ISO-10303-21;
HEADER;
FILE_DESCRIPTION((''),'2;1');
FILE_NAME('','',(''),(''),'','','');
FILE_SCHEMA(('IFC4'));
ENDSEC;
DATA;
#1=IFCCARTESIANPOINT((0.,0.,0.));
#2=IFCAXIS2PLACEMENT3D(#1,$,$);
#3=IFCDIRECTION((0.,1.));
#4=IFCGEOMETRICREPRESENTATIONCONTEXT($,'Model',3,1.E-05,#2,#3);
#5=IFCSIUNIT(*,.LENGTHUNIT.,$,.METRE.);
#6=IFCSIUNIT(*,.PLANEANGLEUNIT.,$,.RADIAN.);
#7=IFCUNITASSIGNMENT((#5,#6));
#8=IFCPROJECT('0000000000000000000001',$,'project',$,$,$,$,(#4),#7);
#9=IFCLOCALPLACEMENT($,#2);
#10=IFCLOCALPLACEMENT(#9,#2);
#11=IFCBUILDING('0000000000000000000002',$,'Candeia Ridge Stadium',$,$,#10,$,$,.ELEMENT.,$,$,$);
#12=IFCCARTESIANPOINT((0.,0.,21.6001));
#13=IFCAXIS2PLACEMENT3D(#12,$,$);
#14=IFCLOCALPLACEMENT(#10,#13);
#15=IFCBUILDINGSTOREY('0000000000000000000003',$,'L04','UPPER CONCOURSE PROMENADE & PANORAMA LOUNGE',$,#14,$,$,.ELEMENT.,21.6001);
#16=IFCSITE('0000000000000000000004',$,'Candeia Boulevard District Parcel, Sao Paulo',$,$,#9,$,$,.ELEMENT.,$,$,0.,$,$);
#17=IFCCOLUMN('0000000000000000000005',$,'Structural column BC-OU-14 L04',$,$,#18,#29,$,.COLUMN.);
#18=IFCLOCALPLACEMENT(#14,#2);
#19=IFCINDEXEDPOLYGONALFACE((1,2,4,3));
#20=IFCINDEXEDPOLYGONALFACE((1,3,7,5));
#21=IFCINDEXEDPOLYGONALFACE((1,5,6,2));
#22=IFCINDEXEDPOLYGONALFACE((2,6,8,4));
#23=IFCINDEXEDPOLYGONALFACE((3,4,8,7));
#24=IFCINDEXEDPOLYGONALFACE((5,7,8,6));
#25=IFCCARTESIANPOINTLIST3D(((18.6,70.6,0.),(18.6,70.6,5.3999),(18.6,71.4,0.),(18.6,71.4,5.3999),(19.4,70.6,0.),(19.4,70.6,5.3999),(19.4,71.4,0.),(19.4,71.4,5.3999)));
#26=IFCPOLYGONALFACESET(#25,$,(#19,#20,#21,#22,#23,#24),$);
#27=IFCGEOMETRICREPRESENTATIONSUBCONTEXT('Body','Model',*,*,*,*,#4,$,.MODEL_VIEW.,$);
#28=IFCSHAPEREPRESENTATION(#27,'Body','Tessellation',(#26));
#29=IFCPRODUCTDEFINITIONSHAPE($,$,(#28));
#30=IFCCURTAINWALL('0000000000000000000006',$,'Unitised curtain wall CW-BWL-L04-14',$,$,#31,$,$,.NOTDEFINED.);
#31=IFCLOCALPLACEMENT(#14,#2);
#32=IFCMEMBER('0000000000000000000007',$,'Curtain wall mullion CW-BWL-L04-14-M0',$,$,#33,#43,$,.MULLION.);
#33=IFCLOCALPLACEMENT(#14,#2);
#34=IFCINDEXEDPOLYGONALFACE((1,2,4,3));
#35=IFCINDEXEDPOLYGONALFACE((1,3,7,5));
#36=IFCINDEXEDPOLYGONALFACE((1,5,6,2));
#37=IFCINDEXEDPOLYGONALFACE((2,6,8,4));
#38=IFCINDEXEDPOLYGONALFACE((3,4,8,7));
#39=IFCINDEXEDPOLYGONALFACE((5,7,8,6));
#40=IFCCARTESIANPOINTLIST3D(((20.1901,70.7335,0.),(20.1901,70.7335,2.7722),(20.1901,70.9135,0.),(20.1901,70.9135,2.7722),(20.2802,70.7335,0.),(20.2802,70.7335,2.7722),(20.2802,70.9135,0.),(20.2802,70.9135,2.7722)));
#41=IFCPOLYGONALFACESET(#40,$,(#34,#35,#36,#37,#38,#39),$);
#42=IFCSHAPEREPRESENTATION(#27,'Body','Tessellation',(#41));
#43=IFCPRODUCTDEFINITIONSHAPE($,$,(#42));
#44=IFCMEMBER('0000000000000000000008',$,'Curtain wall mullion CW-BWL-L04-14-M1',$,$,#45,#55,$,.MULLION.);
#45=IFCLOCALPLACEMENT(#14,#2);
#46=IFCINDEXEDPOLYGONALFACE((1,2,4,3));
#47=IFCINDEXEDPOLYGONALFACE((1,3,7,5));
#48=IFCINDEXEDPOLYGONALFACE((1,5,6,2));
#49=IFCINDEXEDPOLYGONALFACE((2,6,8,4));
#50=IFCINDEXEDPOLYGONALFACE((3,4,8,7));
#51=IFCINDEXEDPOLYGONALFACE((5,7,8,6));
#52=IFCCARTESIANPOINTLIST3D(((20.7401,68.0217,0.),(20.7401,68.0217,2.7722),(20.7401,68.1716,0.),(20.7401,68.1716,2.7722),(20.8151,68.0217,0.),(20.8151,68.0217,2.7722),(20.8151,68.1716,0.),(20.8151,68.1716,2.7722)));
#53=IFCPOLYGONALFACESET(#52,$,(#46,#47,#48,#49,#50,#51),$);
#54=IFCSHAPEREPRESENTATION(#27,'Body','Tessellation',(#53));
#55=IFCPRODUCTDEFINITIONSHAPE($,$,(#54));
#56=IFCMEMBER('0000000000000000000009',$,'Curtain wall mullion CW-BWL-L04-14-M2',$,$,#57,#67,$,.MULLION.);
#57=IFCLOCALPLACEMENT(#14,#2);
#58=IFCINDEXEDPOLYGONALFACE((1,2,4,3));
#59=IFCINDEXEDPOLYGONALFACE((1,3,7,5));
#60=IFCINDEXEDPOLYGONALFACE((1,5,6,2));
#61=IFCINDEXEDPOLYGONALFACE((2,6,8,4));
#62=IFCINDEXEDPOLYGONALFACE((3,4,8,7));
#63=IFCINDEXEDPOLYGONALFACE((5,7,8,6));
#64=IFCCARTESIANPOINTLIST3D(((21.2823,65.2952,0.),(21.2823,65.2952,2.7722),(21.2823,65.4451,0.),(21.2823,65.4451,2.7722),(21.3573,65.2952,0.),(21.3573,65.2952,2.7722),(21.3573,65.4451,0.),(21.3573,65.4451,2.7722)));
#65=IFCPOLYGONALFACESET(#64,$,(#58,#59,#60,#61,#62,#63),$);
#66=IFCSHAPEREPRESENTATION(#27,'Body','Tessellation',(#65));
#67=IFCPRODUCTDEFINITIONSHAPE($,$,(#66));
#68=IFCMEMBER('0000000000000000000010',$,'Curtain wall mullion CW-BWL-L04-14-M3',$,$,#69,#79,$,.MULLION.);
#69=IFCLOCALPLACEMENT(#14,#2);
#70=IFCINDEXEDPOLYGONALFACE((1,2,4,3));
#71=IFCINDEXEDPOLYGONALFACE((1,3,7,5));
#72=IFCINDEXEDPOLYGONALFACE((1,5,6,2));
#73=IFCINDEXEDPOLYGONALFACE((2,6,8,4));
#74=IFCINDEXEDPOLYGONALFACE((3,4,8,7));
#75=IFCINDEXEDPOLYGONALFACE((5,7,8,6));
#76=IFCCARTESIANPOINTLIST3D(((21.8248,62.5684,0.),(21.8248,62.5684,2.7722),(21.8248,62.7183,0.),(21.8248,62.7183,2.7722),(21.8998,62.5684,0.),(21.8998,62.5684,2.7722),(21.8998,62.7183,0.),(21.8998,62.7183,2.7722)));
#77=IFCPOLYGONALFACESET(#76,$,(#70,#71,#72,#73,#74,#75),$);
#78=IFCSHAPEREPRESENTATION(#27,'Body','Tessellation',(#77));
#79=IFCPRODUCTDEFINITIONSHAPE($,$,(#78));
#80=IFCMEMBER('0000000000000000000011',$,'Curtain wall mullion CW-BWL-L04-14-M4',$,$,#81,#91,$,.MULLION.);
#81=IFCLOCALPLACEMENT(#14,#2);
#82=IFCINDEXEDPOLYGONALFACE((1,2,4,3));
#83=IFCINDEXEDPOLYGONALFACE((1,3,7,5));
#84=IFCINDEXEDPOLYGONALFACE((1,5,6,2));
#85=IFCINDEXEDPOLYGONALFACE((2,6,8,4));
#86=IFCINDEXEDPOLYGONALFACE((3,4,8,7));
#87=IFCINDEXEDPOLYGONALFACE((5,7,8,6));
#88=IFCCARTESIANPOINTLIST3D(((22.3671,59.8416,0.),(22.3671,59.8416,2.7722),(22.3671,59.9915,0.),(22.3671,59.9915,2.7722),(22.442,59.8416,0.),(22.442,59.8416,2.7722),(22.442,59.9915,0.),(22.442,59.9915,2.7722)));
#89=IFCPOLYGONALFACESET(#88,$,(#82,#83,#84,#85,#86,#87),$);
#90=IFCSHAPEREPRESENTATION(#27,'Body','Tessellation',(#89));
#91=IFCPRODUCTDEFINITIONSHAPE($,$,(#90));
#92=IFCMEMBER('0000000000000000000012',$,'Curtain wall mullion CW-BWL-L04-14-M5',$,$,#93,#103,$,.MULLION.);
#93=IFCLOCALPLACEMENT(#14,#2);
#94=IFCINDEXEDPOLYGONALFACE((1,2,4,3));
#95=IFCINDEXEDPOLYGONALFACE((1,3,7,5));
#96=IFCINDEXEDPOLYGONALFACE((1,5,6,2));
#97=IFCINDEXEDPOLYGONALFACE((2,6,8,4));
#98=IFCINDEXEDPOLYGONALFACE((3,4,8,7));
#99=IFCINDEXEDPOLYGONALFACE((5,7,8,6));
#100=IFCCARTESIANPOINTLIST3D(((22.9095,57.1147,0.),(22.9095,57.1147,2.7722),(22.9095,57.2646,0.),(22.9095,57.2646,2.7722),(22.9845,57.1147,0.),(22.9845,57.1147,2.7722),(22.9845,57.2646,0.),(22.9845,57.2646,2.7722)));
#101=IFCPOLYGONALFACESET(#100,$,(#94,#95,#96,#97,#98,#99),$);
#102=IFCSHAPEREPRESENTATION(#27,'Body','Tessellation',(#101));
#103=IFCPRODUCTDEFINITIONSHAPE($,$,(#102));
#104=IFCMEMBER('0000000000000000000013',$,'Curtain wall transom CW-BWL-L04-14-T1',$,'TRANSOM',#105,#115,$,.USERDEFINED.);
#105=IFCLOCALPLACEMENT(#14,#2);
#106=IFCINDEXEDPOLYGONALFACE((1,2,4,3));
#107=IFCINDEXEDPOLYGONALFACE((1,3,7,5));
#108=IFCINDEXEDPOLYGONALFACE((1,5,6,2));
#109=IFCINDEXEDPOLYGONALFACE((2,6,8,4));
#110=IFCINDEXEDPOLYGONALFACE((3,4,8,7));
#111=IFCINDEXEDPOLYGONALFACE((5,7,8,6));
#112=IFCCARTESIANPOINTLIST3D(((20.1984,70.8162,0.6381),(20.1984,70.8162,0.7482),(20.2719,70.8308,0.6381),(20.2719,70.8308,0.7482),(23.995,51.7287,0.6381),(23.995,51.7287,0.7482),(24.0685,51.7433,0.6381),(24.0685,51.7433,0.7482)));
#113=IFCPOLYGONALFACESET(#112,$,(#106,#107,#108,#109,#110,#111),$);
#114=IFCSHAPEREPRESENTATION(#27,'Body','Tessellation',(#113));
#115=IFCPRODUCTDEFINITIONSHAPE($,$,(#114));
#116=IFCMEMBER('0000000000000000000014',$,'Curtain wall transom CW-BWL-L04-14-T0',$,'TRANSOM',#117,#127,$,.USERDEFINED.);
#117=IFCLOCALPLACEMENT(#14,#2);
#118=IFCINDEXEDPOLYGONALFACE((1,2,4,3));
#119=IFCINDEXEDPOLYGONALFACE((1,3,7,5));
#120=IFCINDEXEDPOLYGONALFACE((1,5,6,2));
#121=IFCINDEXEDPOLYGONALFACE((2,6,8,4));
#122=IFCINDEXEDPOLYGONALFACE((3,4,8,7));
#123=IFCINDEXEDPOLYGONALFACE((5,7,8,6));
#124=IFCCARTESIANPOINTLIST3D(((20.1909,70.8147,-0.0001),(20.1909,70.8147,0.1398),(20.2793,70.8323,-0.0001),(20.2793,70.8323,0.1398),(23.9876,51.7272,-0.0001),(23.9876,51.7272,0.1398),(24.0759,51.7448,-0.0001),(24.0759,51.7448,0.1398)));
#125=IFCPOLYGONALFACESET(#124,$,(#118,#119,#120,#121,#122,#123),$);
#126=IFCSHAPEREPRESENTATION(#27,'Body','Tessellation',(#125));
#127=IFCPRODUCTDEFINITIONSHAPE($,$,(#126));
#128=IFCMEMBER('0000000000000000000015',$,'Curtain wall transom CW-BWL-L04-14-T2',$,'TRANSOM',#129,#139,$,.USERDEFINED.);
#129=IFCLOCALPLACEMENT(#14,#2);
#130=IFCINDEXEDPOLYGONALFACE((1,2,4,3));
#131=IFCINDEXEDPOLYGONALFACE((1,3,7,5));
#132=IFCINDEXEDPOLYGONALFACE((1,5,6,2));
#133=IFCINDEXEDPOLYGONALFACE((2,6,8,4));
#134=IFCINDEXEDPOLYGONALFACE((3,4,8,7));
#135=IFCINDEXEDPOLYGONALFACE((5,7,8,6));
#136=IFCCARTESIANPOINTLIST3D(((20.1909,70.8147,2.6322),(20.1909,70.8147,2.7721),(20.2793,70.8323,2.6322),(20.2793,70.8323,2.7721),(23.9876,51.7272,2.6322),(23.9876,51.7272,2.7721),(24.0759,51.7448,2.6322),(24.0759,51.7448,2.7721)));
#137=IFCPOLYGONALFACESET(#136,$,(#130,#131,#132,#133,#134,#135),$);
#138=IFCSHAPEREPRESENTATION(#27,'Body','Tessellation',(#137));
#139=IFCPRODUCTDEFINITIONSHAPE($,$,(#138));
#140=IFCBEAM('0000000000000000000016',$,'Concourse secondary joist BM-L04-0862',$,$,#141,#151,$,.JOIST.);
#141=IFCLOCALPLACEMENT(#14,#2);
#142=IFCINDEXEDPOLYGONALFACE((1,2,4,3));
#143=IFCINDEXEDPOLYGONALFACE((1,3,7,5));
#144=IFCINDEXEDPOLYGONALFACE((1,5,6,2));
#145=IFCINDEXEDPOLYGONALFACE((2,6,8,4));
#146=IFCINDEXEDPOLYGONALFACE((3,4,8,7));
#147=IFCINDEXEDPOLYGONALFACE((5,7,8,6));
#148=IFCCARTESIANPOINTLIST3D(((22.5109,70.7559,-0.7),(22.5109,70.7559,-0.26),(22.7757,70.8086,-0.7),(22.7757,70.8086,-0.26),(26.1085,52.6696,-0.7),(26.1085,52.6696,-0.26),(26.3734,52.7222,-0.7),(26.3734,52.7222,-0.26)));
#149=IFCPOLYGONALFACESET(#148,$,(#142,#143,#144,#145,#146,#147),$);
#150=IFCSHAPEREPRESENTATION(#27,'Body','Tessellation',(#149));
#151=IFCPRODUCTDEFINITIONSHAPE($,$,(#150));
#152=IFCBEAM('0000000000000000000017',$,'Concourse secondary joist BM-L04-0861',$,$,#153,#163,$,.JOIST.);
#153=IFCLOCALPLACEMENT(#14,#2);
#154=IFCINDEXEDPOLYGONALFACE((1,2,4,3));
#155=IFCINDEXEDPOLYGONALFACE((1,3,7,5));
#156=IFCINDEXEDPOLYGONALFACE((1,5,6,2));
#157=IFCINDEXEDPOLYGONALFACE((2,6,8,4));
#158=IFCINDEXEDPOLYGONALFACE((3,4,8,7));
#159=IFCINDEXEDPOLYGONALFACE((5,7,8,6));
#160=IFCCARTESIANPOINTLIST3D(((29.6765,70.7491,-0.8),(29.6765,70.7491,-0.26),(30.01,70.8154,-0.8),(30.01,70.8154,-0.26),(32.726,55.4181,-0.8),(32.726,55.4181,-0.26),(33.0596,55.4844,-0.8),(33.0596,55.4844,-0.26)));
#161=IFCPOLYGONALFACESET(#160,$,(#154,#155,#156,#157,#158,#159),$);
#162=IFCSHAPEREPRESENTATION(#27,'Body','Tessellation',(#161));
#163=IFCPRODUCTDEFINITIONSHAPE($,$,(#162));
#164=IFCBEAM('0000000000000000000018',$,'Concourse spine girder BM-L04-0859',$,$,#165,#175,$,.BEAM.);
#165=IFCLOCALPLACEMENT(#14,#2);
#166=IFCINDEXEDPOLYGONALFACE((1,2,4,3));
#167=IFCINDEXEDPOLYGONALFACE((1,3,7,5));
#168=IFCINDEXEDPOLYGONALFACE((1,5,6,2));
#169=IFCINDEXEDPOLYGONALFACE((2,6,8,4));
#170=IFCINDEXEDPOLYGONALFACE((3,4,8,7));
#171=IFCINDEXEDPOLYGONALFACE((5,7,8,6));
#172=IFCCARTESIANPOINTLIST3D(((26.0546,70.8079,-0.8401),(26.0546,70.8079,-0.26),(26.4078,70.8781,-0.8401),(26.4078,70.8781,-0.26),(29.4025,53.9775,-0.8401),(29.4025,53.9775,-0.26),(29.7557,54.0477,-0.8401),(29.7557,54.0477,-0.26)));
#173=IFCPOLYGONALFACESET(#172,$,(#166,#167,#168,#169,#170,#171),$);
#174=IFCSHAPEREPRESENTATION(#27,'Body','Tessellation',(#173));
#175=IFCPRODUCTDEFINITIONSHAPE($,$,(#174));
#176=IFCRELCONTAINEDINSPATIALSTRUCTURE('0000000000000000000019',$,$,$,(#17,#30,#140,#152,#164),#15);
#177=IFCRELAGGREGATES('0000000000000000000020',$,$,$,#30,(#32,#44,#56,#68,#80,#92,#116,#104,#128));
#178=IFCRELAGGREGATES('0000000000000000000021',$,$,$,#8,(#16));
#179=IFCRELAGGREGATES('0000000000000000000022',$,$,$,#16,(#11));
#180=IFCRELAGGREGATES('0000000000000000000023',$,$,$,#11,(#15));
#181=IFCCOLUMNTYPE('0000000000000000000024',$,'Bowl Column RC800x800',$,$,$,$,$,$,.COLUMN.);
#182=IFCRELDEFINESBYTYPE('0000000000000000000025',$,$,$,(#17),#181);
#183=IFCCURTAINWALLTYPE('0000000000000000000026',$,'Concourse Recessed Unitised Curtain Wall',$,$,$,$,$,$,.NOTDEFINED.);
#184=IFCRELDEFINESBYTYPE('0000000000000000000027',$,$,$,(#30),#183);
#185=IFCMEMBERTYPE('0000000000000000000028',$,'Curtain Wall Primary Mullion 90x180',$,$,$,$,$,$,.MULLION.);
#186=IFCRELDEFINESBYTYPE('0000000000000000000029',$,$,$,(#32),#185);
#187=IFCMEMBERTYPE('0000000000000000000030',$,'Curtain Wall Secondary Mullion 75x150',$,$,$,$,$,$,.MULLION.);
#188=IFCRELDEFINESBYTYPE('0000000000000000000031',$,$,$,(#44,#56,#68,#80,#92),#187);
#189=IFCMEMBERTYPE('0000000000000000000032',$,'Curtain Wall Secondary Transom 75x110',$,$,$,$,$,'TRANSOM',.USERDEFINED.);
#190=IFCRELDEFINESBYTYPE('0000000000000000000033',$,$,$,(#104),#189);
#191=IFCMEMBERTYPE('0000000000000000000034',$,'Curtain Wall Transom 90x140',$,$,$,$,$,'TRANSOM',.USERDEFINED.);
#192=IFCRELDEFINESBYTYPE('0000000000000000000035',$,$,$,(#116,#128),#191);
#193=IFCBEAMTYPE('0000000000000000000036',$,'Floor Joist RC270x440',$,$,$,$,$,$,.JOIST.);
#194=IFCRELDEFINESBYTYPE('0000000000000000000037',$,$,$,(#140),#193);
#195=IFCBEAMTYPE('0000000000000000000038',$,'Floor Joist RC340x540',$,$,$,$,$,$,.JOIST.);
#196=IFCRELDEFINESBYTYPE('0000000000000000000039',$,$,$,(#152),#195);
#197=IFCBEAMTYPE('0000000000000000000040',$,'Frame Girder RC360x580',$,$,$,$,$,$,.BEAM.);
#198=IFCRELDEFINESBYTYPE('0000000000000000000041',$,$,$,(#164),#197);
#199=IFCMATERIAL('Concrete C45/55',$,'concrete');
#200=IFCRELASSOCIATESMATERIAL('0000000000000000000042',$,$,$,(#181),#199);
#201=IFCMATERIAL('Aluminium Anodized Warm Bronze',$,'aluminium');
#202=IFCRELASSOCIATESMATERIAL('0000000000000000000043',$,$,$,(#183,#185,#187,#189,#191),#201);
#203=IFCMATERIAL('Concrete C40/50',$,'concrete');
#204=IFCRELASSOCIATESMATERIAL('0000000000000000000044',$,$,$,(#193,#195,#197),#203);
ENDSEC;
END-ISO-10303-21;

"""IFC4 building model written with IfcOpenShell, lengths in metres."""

from ifc_helpers import new_model, si_unit, direction, frame, origin, origin_2d, place, context, subcontext, project, spatial, rectangle, extrude, material, material_profile, profile_set, type_object, element, aggregate, save


model = new_model("IFC4")

# Units and contexts
model_context = context("Model", 3, precision=1e-05, world=origin(), true_north=direction((0.0, 1.0)))
body_context = subcontext(model_context, "Body", "Model", "MODEL_VIEW")
ifc_project = project(units=[si_unit("LENGTHUNIT", "METRE"), si_unit("PLANEANGLEUNIT", "RADIAN")], contexts=[model_context])

# Site, building, storey
site_placement = place(None, origin())
site = spatial("IfcSite", under=ifc_project, at=site_placement, Name="Candeia Boulevard District Parcel, Sao Paulo", CompositionType="ELEMENT", RefElevation=0.0)
building_placement = place(site_placement, origin())
building = spatial("IfcBuilding", under=site, at=building_placement, Name="Candeia Ridge Stadium", CompositionType="ELEMENT")
storey_placement = place(building_placement, frame((0.0, 0.0, 21.6001)))
storey = spatial("IfcBuildingStorey", under=building, at=storey_placement, Name="L04", Description="UPPER CONCOURSE PROMENADE & PANORAMA LOUNGE", CompositionType="ELEMENT", Elevation=21.6001)

# Column
ifc_material_1 = material(Name="Concrete C45/55", Category="concrete")
ifc_material_profile_1 = material_profile(ifc_material_1, rectangle(XDim=0.8, YDim=0.8, at=origin_2d()), Name="RC800x800", Category="concrete")
ifc_profile_set_1 = profile_set([ifc_material_profile_1], Name="Concrete C45/55")
column_type = type_object("IfcColumnType", Name="Bowl Column RC800x800", PredefinedType="COLUMN", material=ifc_profile_set_1)
column_placement = place(storey_placement, frame((19.0, 71.0, 0.0), z_axis=(0.0, 0.0, 1.0), x_axis=(1.0, 0.0, 0.0)))
element("IfcColumn", 1, at=column_placement, inside=storey, type_object=column_type, Name="Structural column BC-OU-14 L04", PredefinedType="COLUMN", context=body_context, shape_type="SweptSolid", body=[
    extrude(rectangle(XDim=0.8, YDim=0.8, at=origin_2d()), origin(), (0.0, 0.0, 1.0), 5.3999),
])

# Curtain wall, members
ifc_material_2 = material(Name="Aluminium Anodized Warm Bronze", Category="aluminium")
curtain_wall_type = type_object("IfcCurtainWallType", Name="Concourse Recessed Unitised Curtain Wall", PredefinedType="NOTDEFINED", material=ifc_material_2)
curtain_wall_placement = place(storey_placement, origin())
curtain_wall = element("IfcCurtainWall", 2, at=curtain_wall_placement, inside=storey, type_object=curtain_wall_type, Name="Unitised curtain wall CW-BWL-L04-14", PredefinedType="NOTDEFINED")
ifc_material_profile_2 = material_profile(ifc_material_2, rectangle(XDim=0.0901, YDim=0.1799, at=origin_2d()), Name="CWM-90x180", Category="aluminium")
ifc_profile_set_2 = profile_set([ifc_material_profile_2], Name="Aluminium Anodized Warm Bronze")
member_type_1 = type_object("IfcMemberType", Name="Curtain Wall Primary Mullion 90x180", PredefinedType="MULLION", material=ifc_profile_set_2)
member_1_placement = place(storey_placement, frame((20.2351, 70.8235, 0.0), z_axis=(0.0, 0.0, 1.0), x_axis=(1.0, 0.0, 0.0)))
member_1 = element("IfcMember", 3, at=member_1_placement, type_object=member_type_1, Name="Curtain wall mullion CW-BWL-L04-14-M0", PredefinedType="MULLION", context=body_context, shape_type="SweptSolid", body=[
    extrude(rectangle(XDim=0.0901, YDim=0.1799, at=origin_2d()), origin(), (0.0, 0.0, 1.0), 2.7722),
])
ifc_material_profile_3 = material_profile(ifc_material_2, rectangle(XDim=0.075, YDim=0.1499, at=origin_2d()), Name="CWM-75x150", Category="aluminium")
ifc_profile_set_3 = profile_set([ifc_material_profile_3], Name="Aluminium Anodized Warm Bronze")
member_type_2 = type_object("IfcMemberType", Name="Curtain Wall Secondary Mullion 75x150", PredefinedType="MULLION", material=ifc_profile_set_3)
member_2_placement = place(storey_placement, frame((20.7776, 68.0967, 0.0), z_axis=(0.0, 0.0, 1.0), x_axis=(1.0, 0.0, 0.0)))
member_2 = element("IfcMember", 4, at=member_2_placement, type_object=member_type_2, Name="Curtain wall mullion CW-BWL-L04-14-M1", PredefinedType="MULLION", context=body_context, shape_type="SweptSolid", body=[
    extrude(rectangle(XDim=0.075, YDim=0.1499, at=origin_2d()), origin(), (0.0, 0.0, 1.0), 2.7722),
])
member_3_placement = place(storey_placement, frame((21.3198, 65.3701, 0.0), z_axis=(0.0, 0.0, 1.0), x_axis=(1.0, 0.0, 0.0)))
member_3 = element("IfcMember", 5, at=member_3_placement, type_object=member_type_2, Name="Curtain wall mullion CW-BWL-L04-14-M2", PredefinedType="MULLION", context=body_context, shape_type="SweptSolid", body=[
    extrude(rectangle(XDim=0.075, YDim=0.1499, at=origin_2d()), origin(), (0.0, 0.0, 1.0), 2.7722),
])
member_4_placement = place(storey_placement, frame((21.8623, 62.6433, 0.0), z_axis=(0.0, 0.0, 1.0), x_axis=(1.0, 0.0, 0.0)))
member_4 = element("IfcMember", 6, at=member_4_placement, type_object=member_type_2, Name="Curtain wall mullion CW-BWL-L04-14-M3", PredefinedType="MULLION", context=body_context, shape_type="SweptSolid", body=[
    extrude(rectangle(XDim=0.075, YDim=0.1499, at=origin_2d()), origin(), (0.0, 0.0, 1.0), 2.7722),
])
member_5_placement = place(storey_placement, frame((22.4045, 59.9165, 0.0), z_axis=(0.0, 0.0, 1.0), x_axis=(1.0, 0.0, 0.0)))
member_5 = element("IfcMember", 7, at=member_5_placement, type_object=member_type_2, Name="Curtain wall mullion CW-BWL-L04-14-M4", PredefinedType="MULLION", context=body_context, shape_type="SweptSolid", body=[
    extrude(rectangle(XDim=0.075, YDim=0.1499, at=origin_2d()), origin(), (0.0, 0.0, 1.0), 2.7722),
])
member_6_placement = place(storey_placement, frame((22.947, 57.1897, 0.0), z_axis=(0.0, 0.0, 1.0), x_axis=(1.0, 0.0, 0.0)))
member_6 = element("IfcMember", 8, at=member_6_placement, type_object=member_type_2, Name="Curtain wall mullion CW-BWL-L04-14-M5", PredefinedType="MULLION", context=body_context, shape_type="SweptSolid", body=[
    extrude(rectangle(XDim=0.075, YDim=0.1499, at=origin_2d()), origin(), (0.0, 0.0, 1.0), 2.7722),
])
ifc_material_profile_4 = material_profile(ifc_material_2, rectangle(XDim=0.075, YDim=0.1101, at=origin_2d()), Name="CWT-75x110", Category="aluminium")
ifc_profile_set_4 = profile_set([ifc_material_profile_4], Name="Aluminium Anodized Warm Bronze")
member_type_3 = type_object("IfcMemberType", Name="Curtain Wall Secondary Transom 75x110", ElementType="TRANSOM", PredefinedType="USERDEFINED", material=ifc_profile_set_4)
member_7_placement = place(storey_placement, frame((20.2351, 70.8235, 0.6931), z_axis=(0.195086, -0.980786, 0.0), x_axis=(0.980786, 0.195086, 0.0)))
member_7 = element("IfcMember", 9, at=member_7_placement, type_object=member_type_3, Name="Curtain wall transom CW-BWL-L04-14-T1", ObjectType="TRANSOM", PredefinedType="USERDEFINED", context=body_context, shape_type="SweptSolid", body=[
    extrude(rectangle(XDim=0.075, YDim=0.1101, at=origin_2d()), origin(), (0.0, 0.0, 1.0), 19.4614),
])
ifc_material_profile_5 = material_profile(ifc_material_2, rectangle(XDim=0.0901, YDim=0.1399, at=origin_2d()), Name="CWT-90x140", Category="aluminium")
ifc_profile_set_5 = profile_set([ifc_material_profile_5], Name="Aluminium Anodized Warm Bronze")
member_type_4 = type_object("IfcMemberType", Name="Curtain Wall Transom 90x140", ElementType="TRANSOM", PredefinedType="USERDEFINED", material=ifc_profile_set_5)
member_8_placement = place(storey_placement, frame((20.2351, 70.8235, 0.0698), z_axis=(0.195086, -0.980786, 0.0), x_axis=(0.980786, 0.195086, 0.0)))
member_8 = element("IfcMember", 10, at=member_8_placement, type_object=member_type_4, Name="Curtain wall transom CW-BWL-L04-14-T0", ObjectType="TRANSOM", PredefinedType="USERDEFINED", context=body_context, shape_type="SweptSolid", body=[
    extrude(rectangle(XDim=0.0901, YDim=0.1399, at=origin_2d()), origin(), (0.0, 0.0, 1.0), 19.4614),
])
member_9_placement = place(storey_placement, frame((20.2351, 70.8235, 2.7021), z_axis=(0.195086, -0.980786, 0.0), x_axis=(0.980786, 0.195086, 0.0)))
member_9 = element("IfcMember", 11, at=member_9_placement, type_object=member_type_4, Name="Curtain wall transom CW-BWL-L04-14-T2", ObjectType="TRANSOM", PredefinedType="USERDEFINED", context=body_context, shape_type="SweptSolid", body=[
    extrude(rectangle(XDim=0.0901, YDim=0.1399, at=origin_2d()), origin(), (0.0, 0.0, 1.0), 19.4614),
])

# Beams
ifc_material_3 = material(Name="Concrete C40/50", Category="concrete")
ifc_material_profile_6 = material_profile(ifc_material_3, rectangle(XDim=0.27, YDim=0.4399, at=origin_2d()), Name="RC270x440", Category="concrete")
ifc_profile_set_6 = profile_set([ifc_material_profile_6], Name="Concrete C40/50")
beam_type_1 = type_object("IfcBeamType", Name="Floor Joist RC270x440", PredefinedType="JOIST", material=ifc_profile_set_6)
beam_1_placement = place(storey_placement, frame((22.6433, 70.7822, -0.48), z_axis=(0.195093, -0.980785, 0.0), x_axis=(0.980785, 0.195093, 0.0)))
element("IfcBeam", 12, at=beam_1_placement, inside=storey, type_object=beam_type_1, Name="Concourse secondary joist BM-L04-0862", PredefinedType="JOIST", context=body_context, shape_type="SweptSolid", body=[
    extrude(rectangle(XDim=0.27, YDim=0.4399, at=origin_2d()), origin(), (0.0, 0.0, 1.0), 18.4407),
])
ifc_material_profile_7 = material_profile(ifc_material_3, rectangle(XDim=0.3401, YDim=0.54, at=origin_2d()), Name="RC340x540", Category="concrete")
ifc_profile_set_7 = profile_set([ifc_material_profile_7], Name="Concrete C40/50")
beam_type_2 = type_object("IfcBeamType", Name="Floor Joist RC340x540", PredefinedType="JOIST", material=ifc_profile_set_7)
beam_2_placement = place(storey_placement, frame((29.8433, 70.7822, -0.53), z_axis=(0.195092, -0.980785, 0.0), x_axis=(0.980785, 0.195092, 0.0)))
element("IfcBeam", 13, at=beam_2_placement, inside=storey, type_object=beam_type_2, Name="Concourse secondary joist BM-L04-0861", PredefinedType="JOIST", context=body_context, shape_type="SweptSolid", body=[
    extrude(rectangle(XDim=0.3401, YDim=0.54, at=origin_2d()), origin(), (0.0, 0.0, 1.0), 15.6313),
])
ifc_material_profile_8 = material_profile(ifc_material_3, rectangle(XDim=0.3601, YDim=0.5801, at=origin_2d()), Name="RC360x580", Category="concrete")
ifc_profile_set_8 = profile_set([ifc_material_profile_8], Name="Concrete C40/50")
beam_type_3 = type_object("IfcBeamType", Name="Frame Girder RC360x580", PredefinedType="BEAM", material=ifc_profile_set_8)
beam_3_placement = place(storey_placement, frame((26.2312, 70.843, -0.55), z_axis=(0.195098, -0.980784, 0.0), x_axis=(0.980784, 0.195098, 0.0)))
element("IfcBeam", 14, at=beam_3_placement, inside=storey, type_object=beam_type_3, Name="Concourse spine girder BM-L04-0859", PredefinedType="BEAM", context=body_context, shape_type="SweptSolid", body=[
    extrude(rectangle(XDim=0.3601, YDim=0.5801, at=origin_2d()), origin(), (0.0, 0.0, 1.0), 17.1602),
])

aggregate(curtain_wall, [member_1, member_2, member_3, member_4, member_5, member_6, member_8, member_7, member_9])

save(model, "model.ifc")
